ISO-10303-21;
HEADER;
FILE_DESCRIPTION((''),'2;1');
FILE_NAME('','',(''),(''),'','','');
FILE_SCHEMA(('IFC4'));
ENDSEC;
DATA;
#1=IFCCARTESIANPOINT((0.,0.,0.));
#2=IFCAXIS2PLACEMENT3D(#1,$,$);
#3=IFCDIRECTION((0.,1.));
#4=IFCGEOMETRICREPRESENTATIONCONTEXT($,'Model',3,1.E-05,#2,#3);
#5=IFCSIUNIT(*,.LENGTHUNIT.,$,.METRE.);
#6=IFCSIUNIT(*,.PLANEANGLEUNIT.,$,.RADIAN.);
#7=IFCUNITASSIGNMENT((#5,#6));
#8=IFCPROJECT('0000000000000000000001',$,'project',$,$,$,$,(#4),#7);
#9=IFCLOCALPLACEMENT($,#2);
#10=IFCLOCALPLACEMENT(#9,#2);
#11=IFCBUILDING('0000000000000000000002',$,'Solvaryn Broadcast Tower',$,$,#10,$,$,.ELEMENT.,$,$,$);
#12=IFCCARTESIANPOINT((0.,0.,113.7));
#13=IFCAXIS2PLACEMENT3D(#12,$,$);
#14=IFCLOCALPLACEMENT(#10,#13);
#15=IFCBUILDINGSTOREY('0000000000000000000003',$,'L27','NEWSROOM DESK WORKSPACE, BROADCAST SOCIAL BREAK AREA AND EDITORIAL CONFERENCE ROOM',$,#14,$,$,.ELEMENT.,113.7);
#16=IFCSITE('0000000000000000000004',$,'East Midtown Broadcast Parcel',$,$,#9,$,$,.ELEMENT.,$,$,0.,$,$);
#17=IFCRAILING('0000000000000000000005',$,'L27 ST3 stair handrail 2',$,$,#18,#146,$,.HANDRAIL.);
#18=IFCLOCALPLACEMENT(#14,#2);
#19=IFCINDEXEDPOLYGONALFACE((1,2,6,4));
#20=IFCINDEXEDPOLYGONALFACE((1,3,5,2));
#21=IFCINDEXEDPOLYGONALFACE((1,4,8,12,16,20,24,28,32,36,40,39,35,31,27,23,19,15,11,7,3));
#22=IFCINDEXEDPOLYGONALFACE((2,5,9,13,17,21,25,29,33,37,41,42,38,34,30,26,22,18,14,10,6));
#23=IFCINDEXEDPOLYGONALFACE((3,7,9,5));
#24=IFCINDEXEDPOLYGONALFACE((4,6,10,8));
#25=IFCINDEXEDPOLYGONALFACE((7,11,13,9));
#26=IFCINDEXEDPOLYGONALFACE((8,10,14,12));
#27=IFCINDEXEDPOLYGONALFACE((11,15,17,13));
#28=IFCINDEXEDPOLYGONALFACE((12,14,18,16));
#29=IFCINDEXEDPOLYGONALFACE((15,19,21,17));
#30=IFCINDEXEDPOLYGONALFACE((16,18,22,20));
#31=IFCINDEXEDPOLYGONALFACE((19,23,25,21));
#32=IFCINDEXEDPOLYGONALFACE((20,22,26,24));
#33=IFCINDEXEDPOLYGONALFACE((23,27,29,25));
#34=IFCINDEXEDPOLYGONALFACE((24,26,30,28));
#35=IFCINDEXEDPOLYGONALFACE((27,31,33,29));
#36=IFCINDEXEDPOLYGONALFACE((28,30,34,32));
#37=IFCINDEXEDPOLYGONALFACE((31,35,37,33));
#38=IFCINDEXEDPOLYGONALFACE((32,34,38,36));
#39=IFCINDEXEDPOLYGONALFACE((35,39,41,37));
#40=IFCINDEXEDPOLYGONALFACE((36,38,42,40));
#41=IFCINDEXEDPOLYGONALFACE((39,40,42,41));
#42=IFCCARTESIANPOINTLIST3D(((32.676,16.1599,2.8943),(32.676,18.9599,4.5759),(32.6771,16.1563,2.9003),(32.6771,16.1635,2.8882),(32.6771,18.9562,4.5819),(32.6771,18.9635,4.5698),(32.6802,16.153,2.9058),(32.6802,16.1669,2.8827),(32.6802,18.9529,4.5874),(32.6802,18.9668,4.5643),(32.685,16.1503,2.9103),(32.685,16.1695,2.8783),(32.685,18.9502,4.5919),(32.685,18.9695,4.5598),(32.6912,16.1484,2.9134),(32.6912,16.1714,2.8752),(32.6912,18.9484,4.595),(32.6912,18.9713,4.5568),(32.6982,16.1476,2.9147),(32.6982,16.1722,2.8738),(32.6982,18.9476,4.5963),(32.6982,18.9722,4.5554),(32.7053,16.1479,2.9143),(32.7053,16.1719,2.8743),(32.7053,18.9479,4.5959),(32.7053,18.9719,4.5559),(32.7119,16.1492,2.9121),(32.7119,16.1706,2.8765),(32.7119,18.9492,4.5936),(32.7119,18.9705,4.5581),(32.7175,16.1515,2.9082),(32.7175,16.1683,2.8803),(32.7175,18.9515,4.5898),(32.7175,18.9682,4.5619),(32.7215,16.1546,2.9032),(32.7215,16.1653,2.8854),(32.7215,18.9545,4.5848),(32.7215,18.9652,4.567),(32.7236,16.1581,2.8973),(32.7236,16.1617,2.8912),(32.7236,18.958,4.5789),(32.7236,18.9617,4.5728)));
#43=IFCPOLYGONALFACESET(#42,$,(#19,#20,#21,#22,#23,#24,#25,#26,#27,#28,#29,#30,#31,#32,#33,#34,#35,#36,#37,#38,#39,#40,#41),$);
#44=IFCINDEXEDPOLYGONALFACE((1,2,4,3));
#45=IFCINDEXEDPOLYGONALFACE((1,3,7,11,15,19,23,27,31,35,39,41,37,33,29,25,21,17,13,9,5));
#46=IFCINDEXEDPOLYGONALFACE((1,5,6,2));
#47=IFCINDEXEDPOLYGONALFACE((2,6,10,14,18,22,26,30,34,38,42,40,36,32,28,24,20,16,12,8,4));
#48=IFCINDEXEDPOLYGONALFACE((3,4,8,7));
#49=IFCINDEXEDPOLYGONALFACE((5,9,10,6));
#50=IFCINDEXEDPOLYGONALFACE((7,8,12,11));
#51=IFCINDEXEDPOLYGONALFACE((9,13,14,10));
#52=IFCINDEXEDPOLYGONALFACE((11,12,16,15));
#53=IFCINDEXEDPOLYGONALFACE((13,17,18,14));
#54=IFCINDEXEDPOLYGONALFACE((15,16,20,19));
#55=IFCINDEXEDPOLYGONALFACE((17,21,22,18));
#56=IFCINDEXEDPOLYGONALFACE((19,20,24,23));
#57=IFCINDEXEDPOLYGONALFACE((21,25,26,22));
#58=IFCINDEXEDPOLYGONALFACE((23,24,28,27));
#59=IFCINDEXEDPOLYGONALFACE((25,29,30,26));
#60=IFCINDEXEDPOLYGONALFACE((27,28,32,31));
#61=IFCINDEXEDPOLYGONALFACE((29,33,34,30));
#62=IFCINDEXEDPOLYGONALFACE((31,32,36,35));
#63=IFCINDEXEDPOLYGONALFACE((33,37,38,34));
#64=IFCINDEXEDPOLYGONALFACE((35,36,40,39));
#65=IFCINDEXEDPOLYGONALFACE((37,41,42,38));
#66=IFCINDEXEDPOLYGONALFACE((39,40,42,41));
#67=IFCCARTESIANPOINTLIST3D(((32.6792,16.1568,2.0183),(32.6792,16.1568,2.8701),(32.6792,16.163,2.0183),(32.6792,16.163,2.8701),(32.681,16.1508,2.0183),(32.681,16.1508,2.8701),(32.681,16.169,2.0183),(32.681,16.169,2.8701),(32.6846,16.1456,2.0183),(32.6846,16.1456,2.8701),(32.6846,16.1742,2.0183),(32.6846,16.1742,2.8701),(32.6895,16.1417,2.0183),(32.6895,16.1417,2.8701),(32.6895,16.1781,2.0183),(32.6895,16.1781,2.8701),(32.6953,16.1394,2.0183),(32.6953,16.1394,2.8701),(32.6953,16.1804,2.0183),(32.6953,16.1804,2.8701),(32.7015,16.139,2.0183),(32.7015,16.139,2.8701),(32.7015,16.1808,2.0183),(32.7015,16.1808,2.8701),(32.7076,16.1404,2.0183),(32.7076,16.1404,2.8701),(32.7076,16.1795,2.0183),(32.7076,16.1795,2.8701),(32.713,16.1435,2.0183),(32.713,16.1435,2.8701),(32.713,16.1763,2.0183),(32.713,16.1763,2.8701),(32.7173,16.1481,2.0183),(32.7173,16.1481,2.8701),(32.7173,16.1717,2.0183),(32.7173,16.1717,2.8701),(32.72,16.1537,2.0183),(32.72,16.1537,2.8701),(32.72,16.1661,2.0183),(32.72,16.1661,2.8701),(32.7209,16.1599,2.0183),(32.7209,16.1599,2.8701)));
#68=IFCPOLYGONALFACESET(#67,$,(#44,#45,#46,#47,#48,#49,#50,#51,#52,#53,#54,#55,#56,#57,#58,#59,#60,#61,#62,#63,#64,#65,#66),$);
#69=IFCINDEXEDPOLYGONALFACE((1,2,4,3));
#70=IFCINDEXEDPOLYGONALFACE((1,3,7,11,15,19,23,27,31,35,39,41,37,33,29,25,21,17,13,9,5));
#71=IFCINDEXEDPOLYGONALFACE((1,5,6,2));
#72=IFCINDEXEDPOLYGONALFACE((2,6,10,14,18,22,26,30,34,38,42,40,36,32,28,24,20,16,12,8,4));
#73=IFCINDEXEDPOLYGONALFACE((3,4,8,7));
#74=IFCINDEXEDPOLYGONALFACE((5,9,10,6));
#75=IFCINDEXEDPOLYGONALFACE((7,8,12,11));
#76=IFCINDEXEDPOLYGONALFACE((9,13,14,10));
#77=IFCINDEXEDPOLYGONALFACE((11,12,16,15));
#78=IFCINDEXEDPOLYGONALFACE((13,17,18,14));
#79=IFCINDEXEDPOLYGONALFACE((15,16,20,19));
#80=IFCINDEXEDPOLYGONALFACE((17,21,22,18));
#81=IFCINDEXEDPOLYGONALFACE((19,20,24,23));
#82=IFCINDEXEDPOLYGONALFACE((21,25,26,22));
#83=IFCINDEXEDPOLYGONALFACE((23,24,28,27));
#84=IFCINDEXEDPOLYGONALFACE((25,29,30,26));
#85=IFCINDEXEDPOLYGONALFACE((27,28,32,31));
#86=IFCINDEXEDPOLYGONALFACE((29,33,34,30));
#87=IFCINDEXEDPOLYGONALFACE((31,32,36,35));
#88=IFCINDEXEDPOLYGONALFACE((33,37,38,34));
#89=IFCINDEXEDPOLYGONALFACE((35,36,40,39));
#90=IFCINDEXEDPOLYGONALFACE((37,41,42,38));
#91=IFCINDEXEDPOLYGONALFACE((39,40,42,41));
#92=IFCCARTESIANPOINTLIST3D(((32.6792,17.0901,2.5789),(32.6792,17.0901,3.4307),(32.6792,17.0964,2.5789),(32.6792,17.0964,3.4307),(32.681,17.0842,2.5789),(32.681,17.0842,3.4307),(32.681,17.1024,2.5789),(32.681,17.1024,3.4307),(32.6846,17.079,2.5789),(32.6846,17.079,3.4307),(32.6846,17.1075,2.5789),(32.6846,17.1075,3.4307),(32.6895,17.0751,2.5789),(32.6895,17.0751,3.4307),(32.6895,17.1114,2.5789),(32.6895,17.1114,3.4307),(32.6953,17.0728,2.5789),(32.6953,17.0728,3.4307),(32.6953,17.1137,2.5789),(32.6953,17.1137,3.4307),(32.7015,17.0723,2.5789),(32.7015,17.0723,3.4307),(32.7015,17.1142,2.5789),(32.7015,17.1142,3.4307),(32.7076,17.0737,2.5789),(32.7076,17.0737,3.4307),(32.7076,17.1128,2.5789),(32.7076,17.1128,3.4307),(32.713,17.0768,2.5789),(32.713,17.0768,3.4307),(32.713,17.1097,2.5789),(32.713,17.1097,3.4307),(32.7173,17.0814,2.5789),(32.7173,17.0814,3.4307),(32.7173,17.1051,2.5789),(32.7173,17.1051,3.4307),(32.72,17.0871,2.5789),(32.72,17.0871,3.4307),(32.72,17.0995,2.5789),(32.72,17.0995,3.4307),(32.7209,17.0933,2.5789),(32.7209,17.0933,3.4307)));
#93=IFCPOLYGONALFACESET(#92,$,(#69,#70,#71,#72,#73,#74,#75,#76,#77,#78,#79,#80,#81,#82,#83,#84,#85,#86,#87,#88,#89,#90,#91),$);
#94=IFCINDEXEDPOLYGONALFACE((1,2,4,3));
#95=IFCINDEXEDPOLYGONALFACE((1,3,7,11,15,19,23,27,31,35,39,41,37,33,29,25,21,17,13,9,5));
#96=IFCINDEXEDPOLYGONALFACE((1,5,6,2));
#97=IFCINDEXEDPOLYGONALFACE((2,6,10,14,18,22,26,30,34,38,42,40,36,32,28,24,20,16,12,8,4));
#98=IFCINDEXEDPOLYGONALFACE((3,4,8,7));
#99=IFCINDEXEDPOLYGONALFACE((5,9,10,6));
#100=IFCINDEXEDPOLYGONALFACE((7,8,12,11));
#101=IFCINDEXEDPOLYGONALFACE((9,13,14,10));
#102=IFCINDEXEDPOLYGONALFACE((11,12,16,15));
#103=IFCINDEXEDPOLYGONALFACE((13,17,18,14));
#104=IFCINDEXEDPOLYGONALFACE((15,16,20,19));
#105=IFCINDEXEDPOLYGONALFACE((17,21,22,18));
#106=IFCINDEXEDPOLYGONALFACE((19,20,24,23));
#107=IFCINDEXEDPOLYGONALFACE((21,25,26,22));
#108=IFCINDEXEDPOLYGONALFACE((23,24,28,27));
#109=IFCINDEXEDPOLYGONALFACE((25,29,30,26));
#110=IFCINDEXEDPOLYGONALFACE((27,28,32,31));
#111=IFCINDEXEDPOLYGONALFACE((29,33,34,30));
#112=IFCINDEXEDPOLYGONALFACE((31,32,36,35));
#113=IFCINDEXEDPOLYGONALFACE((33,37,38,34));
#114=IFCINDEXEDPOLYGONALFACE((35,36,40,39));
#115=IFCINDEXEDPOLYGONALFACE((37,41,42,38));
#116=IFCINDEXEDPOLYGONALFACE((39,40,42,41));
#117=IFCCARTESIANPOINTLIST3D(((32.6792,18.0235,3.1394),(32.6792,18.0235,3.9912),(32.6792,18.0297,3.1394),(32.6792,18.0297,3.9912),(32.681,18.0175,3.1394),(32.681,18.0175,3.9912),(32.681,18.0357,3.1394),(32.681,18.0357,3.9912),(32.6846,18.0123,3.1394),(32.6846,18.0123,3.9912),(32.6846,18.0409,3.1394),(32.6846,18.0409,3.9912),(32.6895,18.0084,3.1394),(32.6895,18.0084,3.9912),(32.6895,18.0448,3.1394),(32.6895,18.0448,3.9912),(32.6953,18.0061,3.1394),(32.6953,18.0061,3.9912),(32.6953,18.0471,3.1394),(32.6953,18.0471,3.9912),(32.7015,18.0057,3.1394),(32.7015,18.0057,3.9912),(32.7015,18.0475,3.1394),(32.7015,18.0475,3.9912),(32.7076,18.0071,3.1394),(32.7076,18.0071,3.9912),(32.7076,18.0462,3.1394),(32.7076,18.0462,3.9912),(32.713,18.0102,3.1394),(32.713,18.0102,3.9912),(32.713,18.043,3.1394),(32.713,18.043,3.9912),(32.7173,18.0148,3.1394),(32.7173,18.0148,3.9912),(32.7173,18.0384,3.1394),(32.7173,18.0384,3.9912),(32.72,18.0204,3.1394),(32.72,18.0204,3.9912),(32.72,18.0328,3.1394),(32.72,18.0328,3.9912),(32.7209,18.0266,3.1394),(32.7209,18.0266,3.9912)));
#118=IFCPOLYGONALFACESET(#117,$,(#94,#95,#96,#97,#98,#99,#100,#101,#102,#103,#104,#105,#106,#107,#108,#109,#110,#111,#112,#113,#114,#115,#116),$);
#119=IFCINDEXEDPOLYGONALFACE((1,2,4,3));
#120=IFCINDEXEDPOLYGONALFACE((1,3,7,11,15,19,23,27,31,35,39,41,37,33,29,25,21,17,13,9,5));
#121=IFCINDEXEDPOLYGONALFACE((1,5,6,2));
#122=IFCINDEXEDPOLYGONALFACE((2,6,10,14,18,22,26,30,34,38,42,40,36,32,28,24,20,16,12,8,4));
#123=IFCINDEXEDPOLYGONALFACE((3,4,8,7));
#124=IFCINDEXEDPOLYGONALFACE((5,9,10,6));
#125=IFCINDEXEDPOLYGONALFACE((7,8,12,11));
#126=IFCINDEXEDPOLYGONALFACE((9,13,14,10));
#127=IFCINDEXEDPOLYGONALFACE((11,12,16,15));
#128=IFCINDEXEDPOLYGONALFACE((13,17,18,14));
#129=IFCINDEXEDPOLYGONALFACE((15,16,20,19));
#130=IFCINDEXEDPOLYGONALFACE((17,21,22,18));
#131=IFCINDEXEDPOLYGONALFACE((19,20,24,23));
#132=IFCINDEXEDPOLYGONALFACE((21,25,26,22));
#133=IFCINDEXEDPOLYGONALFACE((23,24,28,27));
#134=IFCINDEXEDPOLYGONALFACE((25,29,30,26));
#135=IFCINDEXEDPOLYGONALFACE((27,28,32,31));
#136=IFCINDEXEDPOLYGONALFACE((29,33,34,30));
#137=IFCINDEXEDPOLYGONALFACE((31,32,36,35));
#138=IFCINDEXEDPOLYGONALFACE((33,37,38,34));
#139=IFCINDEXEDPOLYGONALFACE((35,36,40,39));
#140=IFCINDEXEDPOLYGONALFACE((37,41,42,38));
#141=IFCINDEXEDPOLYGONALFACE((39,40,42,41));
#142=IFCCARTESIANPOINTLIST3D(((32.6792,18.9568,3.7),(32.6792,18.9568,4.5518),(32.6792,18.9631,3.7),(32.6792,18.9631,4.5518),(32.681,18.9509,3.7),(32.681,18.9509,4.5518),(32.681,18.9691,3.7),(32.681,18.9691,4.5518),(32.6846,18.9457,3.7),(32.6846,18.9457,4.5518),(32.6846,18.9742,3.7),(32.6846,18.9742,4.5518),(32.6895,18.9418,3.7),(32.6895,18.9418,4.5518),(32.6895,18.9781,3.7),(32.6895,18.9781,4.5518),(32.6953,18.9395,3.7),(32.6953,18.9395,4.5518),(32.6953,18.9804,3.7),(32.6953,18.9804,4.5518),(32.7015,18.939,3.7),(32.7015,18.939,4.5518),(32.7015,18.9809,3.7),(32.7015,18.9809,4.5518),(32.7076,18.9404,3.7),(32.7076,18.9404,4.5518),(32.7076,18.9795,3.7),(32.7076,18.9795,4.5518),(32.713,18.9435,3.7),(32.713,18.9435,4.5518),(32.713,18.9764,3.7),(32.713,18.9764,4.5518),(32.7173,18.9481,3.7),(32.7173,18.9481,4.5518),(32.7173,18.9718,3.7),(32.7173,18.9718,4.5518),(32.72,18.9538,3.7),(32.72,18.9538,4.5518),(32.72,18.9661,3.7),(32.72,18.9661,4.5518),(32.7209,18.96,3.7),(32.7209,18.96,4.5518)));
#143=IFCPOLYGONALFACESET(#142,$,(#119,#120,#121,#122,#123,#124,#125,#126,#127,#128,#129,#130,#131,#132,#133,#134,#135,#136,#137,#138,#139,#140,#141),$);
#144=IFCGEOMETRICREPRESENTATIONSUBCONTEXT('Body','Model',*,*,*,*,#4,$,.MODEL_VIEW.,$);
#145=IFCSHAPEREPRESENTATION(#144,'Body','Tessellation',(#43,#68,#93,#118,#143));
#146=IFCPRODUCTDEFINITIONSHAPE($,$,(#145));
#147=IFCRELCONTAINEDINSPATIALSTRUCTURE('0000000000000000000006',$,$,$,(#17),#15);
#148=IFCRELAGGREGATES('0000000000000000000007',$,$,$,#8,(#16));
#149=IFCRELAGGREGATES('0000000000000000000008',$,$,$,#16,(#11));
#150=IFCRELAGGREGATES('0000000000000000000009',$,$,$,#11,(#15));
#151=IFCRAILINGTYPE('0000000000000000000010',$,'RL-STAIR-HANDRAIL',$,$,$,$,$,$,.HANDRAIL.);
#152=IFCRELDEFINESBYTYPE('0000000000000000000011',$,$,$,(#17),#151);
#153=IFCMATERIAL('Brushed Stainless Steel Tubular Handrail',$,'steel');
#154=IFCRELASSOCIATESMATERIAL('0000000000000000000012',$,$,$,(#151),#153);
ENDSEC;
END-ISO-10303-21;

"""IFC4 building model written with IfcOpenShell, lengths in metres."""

from ifc_helpers import new_model, si_unit, direction, frame, origin, origin_2d, place, context, subcontext, project, spatial, circle, extrude, material, type_object, element, save


model = new_model("IFC4")

# Units and contexts
model_context = context("Model", 3, precision=1e-05, world=origin(), true_north=direction((0.0, 1.0)))
body_context = subcontext(model_context, "Body", "Model", "MODEL_VIEW")
ifc_project = project(units=[si_unit("LENGTHUNIT", "METRE"), si_unit("PLANEANGLEUNIT", "RADIAN")], contexts=[model_context])

# Site, building, storey
site_placement = place(None, origin())
site = spatial("IfcSite", under=ifc_project, at=site_placement, Name="East Midtown Broadcast Parcel", CompositionType="ELEMENT", RefElevation=0.0)
building_placement = place(site_placement, origin())
building = spatial("IfcBuilding", under=site, at=building_placement, Name="Solvaryn Broadcast Tower", CompositionType="ELEMENT")
storey_placement = place(building_placement, frame((0.0, 0.0, 113.7)))
storey = spatial("IfcBuildingStorey", under=building, at=storey_placement, Name="L27", Description="NEWSROOM DESK WORKSPACE, BROADCAST SOCIAL BREAK AREA AND EDITORIAL CONFERENCE ROOM", CompositionType="ELEMENT", Elevation=113.7)

# Railing
ifc_material_1 = material(Name="Brushed Stainless Steel Tubular Handrail", Category="steel")
railing_type_1 = type_object("IfcRailingType", Name="RL-STAIR-HANDRAIL", PredefinedType="HANDRAIL", material=ifc_material_1)
railing_1_placement = place(storey_placement, frame((32.7, 16.1599, 2.0183)))
element("IfcRailing", 1, at=railing_1_placement, inside=storey, type_object=railing_type_1, Name="L27 ST3 stair handrail 2", PredefinedType="HANDRAIL", context=body_context, shape_type="SweptSolid", body=[
    extrude(circle(Radius=0.0239, at=origin_2d()), frame((0.0, 0.0, 0.876), z_axis=(0.0, 0.857275, 0.514858), x_axis=(-1.0, 0.0, 0.0)), (0.0, 0.0, 1.0), 3.2661),
    extrude(circle(Radius=0.021, at=origin_2d()), origin(), (0.0, 0.0, 1.0), 0.8518),
    extrude(circle(Radius=0.021, at=origin_2d()), frame((0.0, 0.9333, 0.5605)), (0.0, 0.0, 1.0), 0.8518),
    extrude(circle(Radius=0.021, at=origin_2d()), frame((0.0, 1.8667, 1.1211)), (0.0, 0.0, 1.0), 0.8518),
    extrude(circle(Radius=0.021, at=origin_2d()), frame((0.0, 2.8, 1.6816)), (0.0, 0.0, 1.0), 0.8518),
])

save(model, "model.ifc")
